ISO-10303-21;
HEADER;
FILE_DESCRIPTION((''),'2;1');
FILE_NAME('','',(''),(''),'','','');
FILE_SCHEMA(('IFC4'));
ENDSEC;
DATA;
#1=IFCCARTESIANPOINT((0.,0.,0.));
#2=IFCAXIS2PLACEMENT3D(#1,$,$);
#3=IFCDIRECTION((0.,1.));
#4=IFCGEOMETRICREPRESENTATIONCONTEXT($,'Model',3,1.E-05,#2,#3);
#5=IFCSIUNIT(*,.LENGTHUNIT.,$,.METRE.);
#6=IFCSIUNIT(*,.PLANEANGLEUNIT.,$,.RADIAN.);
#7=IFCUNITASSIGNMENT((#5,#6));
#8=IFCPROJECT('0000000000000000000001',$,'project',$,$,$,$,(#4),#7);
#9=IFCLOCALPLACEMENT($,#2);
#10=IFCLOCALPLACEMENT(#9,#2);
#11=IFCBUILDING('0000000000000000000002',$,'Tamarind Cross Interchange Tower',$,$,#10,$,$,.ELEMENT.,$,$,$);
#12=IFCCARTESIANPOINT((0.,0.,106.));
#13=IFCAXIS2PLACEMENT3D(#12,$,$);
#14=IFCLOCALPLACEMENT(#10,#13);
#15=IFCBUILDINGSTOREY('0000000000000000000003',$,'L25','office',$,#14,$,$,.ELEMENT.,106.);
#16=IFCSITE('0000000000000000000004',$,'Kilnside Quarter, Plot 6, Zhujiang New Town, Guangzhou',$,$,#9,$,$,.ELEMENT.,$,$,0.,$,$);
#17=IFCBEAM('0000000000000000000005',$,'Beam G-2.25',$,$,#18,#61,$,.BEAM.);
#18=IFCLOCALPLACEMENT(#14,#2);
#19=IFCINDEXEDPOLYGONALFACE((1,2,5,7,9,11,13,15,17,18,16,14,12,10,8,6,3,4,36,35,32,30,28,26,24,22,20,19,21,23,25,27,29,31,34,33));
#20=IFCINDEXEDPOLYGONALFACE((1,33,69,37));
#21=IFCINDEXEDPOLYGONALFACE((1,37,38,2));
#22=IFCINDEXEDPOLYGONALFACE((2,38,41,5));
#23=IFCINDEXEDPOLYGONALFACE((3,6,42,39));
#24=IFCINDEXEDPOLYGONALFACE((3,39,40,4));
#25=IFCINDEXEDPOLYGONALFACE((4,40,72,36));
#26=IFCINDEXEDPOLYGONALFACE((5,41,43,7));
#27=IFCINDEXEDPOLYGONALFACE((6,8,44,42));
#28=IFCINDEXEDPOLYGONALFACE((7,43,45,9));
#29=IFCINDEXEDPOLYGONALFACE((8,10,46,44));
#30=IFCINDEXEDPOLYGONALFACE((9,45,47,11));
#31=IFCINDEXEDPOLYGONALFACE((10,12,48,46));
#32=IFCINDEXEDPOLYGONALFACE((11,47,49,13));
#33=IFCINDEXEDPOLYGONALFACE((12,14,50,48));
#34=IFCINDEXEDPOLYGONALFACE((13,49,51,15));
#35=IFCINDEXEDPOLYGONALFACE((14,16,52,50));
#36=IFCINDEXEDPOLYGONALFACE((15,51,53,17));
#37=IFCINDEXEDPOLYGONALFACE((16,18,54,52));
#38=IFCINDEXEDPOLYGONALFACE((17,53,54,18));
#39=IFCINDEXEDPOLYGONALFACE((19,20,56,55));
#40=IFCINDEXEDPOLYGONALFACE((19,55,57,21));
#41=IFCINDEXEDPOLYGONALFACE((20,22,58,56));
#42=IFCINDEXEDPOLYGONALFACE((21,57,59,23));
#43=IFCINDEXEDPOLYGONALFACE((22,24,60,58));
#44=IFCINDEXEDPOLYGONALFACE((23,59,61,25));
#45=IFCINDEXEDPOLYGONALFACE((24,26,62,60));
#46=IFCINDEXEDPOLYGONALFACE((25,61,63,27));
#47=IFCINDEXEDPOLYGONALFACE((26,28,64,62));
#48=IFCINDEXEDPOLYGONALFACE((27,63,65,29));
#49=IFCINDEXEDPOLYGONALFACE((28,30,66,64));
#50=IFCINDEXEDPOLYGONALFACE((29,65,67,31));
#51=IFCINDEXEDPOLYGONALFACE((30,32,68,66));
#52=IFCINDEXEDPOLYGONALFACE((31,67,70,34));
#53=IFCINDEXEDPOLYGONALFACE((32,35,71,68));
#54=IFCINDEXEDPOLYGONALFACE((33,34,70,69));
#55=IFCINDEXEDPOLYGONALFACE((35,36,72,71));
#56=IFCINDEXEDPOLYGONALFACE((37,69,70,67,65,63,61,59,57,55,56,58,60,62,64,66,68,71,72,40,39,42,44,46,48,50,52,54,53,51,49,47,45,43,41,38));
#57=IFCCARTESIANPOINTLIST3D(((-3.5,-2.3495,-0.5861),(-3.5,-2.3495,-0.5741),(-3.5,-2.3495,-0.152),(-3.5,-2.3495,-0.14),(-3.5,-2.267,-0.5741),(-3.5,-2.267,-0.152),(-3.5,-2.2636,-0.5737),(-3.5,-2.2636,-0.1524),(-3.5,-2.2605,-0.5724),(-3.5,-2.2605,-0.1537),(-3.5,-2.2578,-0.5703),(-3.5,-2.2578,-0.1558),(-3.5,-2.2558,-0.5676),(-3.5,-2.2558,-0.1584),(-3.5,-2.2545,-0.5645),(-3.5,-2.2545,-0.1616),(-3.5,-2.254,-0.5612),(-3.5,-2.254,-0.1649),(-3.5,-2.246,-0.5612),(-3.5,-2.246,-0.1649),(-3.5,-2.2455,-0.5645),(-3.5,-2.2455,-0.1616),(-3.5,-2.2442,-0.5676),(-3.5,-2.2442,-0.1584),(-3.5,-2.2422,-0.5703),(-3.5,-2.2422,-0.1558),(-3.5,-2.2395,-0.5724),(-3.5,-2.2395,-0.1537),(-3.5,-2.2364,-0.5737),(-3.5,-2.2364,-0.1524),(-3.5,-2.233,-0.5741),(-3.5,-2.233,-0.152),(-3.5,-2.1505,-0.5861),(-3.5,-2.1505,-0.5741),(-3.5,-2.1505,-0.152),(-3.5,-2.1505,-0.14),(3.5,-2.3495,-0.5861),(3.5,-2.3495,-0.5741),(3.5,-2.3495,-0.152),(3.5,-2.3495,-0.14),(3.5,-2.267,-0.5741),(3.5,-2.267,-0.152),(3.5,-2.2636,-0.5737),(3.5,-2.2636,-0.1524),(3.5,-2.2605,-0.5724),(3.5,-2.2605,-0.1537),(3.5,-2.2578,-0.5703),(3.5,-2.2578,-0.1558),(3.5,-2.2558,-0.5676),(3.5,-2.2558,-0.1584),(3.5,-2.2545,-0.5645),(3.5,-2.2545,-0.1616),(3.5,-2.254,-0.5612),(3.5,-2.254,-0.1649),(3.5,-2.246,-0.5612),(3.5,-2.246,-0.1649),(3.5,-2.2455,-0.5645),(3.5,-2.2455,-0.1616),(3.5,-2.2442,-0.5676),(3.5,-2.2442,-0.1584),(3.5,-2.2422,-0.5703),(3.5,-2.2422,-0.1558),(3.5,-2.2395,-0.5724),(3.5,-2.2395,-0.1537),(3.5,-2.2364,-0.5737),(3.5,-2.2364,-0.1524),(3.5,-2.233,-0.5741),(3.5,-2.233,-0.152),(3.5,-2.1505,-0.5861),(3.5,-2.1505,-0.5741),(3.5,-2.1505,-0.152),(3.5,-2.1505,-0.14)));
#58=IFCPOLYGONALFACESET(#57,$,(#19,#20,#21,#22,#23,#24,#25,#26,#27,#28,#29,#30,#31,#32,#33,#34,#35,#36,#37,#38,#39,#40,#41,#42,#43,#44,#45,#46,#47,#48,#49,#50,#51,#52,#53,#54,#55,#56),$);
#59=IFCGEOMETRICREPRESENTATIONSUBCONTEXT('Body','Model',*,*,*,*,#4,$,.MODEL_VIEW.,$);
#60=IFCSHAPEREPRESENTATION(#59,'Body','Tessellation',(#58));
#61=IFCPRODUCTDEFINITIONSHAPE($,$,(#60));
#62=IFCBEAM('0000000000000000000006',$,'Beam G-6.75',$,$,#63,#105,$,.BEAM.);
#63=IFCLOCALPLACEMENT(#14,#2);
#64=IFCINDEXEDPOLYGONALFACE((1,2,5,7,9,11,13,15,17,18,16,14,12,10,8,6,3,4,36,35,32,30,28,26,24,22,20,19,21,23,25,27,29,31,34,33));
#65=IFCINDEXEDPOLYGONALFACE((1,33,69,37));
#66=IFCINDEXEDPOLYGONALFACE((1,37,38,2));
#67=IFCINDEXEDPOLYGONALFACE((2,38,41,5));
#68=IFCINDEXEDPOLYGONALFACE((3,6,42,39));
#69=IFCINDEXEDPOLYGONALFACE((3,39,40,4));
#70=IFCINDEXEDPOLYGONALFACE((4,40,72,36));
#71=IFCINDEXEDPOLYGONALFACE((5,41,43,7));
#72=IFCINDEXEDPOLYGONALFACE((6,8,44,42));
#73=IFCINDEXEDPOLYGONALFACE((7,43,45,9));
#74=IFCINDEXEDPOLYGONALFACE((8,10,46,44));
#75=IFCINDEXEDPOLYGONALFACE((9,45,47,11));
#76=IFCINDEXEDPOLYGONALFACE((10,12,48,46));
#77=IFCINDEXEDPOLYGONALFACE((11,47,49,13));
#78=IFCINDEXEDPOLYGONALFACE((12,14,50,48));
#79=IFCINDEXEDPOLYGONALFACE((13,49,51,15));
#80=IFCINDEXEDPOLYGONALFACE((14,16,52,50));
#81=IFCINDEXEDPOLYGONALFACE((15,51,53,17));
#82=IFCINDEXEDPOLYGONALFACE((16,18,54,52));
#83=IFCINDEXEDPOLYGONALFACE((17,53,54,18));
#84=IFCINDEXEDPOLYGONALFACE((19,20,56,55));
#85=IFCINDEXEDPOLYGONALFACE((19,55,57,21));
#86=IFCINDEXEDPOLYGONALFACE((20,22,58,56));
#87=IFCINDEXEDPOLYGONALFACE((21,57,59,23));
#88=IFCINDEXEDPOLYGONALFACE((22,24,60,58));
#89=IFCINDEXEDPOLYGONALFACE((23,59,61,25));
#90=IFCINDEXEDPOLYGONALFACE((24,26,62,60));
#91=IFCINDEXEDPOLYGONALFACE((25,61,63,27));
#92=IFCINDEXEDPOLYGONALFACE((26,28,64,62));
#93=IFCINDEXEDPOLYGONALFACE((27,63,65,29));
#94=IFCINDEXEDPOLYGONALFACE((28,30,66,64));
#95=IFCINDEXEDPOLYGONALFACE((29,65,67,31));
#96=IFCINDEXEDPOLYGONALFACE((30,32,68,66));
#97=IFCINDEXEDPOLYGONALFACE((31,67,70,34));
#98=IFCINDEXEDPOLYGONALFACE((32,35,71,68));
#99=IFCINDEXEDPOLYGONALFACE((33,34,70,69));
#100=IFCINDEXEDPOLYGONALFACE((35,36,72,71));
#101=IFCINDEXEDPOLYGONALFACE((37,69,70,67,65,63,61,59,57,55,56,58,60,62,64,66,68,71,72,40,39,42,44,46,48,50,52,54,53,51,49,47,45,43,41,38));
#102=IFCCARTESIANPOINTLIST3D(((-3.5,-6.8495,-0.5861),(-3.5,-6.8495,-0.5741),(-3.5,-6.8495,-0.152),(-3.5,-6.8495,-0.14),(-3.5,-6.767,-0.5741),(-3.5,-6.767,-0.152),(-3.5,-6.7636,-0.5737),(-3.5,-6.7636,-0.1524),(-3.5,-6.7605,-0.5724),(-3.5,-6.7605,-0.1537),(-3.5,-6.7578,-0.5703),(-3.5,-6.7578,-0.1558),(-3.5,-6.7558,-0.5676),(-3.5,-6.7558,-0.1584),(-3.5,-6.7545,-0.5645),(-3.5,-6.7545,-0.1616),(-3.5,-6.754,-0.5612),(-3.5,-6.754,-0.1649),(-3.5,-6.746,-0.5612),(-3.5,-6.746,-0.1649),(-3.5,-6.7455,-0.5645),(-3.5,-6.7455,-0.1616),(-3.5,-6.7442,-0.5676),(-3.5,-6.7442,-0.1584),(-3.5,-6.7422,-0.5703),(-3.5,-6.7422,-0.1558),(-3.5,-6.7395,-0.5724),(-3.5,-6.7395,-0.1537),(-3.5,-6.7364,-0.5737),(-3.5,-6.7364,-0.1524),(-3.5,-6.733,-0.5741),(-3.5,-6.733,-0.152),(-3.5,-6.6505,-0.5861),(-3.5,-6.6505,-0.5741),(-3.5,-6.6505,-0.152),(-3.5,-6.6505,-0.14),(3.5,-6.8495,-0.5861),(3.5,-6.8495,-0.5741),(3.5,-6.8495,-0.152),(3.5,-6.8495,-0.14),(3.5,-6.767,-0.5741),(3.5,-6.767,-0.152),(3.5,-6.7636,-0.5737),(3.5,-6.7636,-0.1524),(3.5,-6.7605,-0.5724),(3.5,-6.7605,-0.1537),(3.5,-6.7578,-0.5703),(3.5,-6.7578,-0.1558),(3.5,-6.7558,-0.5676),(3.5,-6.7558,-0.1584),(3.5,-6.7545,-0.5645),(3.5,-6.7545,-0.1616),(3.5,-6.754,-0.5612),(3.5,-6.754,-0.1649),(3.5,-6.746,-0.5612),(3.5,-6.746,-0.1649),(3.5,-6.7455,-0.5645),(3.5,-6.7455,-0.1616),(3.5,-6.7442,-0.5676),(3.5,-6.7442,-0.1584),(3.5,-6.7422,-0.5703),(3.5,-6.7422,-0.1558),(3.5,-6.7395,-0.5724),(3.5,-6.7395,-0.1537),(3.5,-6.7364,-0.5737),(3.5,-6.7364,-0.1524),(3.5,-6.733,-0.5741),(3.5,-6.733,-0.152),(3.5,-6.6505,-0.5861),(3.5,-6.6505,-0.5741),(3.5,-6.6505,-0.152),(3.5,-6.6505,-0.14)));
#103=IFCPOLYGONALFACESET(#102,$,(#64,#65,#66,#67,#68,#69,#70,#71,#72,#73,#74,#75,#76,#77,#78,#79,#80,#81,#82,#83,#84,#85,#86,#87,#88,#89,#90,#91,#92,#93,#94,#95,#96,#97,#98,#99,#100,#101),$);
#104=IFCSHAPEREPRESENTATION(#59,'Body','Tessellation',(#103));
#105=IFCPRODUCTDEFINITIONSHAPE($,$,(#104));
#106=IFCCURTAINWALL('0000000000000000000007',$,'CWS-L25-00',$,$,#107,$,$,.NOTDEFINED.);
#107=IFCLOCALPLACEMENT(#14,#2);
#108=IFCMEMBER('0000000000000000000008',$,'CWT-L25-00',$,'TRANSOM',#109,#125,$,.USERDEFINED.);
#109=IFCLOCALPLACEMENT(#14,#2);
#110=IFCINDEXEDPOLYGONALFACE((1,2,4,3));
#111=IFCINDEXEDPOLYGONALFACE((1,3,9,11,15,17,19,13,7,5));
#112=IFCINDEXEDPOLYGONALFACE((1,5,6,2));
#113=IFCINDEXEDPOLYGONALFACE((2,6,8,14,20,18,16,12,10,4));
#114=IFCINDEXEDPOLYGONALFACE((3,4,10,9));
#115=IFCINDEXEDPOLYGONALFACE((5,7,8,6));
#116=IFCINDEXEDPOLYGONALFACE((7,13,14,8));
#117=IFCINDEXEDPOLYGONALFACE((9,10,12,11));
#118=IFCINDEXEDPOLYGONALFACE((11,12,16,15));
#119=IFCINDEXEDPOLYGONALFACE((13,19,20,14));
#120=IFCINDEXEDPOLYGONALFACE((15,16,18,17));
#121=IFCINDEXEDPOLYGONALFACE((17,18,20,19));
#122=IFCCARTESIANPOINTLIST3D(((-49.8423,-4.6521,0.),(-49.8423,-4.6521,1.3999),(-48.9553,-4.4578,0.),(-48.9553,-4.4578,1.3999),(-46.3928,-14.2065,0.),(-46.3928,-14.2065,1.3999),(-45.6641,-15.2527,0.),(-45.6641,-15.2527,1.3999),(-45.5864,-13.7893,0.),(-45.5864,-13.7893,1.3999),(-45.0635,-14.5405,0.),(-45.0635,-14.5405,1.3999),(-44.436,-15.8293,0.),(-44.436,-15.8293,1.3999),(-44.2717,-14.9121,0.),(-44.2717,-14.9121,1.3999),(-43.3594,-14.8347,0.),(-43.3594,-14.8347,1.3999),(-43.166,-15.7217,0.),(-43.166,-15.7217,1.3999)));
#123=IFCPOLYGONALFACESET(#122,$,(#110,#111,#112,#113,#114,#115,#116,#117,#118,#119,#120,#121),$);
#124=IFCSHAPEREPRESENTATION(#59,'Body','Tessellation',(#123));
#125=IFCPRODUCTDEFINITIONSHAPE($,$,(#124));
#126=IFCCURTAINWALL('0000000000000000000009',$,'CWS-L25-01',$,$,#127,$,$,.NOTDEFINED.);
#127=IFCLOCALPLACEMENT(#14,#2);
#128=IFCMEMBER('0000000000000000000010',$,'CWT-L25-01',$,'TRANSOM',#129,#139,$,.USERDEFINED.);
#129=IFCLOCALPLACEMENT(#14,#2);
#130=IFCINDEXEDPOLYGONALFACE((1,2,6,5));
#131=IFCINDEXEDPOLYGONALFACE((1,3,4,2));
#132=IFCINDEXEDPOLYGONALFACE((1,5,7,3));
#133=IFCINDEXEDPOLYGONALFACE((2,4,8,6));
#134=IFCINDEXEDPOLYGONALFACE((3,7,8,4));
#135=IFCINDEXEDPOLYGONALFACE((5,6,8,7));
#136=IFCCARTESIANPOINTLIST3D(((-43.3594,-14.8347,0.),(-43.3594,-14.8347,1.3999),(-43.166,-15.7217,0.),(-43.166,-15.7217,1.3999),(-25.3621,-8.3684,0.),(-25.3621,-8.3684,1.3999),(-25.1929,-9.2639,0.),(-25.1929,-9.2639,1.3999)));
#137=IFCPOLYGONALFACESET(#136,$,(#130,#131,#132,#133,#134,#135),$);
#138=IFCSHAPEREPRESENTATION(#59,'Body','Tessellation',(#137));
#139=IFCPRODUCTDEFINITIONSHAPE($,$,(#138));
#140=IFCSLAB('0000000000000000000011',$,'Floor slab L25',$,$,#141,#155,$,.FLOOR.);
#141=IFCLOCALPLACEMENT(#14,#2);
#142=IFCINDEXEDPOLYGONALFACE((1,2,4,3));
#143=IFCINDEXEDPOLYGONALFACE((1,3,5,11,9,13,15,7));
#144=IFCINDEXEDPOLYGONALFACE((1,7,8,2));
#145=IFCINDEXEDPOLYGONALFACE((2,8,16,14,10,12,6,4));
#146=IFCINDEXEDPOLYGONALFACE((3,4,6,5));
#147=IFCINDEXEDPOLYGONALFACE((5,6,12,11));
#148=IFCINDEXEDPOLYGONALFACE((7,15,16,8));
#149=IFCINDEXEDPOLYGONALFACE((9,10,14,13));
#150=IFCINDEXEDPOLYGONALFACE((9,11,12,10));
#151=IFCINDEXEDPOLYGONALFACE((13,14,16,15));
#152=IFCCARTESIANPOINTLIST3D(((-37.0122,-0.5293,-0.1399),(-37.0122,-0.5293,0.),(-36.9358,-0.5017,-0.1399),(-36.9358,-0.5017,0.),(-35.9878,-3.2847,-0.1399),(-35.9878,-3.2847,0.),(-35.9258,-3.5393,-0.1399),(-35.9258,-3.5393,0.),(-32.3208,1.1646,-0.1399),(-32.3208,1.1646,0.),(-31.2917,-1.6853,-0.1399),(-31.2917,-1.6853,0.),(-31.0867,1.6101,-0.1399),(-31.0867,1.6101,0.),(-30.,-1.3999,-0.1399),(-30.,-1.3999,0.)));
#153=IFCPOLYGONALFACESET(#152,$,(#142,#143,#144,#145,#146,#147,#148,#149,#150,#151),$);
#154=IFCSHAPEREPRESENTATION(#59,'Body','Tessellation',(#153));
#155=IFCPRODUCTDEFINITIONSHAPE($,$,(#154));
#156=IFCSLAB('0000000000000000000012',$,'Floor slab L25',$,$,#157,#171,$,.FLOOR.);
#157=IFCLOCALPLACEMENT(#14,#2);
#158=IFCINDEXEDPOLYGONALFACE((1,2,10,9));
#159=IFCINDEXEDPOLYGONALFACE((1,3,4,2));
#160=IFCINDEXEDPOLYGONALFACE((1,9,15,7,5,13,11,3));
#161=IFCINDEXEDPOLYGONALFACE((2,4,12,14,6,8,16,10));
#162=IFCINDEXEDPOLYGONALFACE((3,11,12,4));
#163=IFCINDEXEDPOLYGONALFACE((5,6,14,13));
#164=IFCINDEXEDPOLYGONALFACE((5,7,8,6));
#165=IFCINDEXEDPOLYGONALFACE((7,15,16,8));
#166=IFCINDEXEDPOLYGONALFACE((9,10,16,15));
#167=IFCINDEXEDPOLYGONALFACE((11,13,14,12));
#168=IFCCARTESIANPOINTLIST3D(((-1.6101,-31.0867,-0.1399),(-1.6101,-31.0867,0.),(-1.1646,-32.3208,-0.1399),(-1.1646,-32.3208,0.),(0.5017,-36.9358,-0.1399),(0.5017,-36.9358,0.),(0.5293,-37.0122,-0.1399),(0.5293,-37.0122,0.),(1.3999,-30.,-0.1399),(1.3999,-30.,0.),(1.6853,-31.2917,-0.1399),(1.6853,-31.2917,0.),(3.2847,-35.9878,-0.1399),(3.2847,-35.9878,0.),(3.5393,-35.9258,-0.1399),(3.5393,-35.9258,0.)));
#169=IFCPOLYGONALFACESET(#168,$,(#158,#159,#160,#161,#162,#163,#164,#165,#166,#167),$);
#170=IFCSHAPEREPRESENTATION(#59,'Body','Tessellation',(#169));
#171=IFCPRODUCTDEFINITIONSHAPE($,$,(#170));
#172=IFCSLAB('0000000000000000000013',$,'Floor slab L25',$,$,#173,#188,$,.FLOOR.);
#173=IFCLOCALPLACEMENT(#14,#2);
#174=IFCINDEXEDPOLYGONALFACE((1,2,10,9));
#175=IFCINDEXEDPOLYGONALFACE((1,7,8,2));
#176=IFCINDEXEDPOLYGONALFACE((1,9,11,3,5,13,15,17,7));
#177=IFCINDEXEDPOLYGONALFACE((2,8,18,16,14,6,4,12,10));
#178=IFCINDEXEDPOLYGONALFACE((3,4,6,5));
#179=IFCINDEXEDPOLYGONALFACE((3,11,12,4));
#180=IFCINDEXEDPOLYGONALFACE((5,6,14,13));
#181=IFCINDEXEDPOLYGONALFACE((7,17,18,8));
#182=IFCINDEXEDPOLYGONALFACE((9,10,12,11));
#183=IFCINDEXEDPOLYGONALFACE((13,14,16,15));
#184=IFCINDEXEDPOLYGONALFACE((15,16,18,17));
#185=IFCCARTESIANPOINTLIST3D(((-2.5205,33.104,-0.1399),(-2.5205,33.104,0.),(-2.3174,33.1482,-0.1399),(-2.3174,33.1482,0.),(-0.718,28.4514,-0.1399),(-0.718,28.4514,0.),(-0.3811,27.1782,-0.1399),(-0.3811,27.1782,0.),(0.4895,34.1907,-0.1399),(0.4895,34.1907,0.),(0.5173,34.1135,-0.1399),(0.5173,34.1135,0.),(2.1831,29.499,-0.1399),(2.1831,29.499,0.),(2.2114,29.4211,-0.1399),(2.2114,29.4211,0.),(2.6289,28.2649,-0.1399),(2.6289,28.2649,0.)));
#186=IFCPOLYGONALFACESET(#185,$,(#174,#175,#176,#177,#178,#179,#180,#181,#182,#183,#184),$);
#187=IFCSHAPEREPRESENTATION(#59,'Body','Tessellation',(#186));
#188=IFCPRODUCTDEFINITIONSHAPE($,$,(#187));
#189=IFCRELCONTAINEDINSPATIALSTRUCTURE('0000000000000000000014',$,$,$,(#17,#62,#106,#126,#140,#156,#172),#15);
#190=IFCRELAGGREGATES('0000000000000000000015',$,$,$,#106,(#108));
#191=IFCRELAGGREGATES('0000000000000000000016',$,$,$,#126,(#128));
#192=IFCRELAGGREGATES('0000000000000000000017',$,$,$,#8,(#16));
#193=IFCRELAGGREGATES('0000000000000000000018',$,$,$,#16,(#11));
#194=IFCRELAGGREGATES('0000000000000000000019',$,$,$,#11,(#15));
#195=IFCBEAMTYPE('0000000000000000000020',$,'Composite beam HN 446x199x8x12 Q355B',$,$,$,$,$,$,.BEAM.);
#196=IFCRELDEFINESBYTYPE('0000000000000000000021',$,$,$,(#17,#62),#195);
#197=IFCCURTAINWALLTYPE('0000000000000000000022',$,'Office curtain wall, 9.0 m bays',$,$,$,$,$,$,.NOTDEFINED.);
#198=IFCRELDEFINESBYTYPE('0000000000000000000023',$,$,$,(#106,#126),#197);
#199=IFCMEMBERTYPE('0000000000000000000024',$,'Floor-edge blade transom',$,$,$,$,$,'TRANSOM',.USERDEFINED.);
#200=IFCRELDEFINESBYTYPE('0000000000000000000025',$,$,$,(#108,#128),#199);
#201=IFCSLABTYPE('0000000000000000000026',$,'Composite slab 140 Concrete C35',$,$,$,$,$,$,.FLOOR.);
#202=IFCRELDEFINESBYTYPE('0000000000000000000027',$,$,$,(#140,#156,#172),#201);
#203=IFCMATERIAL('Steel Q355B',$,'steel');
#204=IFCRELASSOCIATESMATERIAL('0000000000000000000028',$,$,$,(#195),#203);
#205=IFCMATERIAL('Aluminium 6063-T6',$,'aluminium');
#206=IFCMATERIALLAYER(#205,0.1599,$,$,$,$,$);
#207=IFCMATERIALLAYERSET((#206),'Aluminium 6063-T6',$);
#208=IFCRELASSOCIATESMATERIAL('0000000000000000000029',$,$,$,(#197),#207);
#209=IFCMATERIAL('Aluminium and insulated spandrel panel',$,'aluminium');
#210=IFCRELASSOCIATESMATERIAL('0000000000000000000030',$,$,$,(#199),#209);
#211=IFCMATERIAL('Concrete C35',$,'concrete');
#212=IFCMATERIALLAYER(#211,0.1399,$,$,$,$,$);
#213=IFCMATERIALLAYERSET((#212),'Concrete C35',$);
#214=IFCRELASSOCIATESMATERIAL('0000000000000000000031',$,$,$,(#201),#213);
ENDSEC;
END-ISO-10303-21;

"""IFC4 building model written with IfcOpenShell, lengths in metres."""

from ifc_helpers import new_model, si_unit, direction, frame, origin, origin_2d, place, context, subcontext, project, spatial, polyline, i_section, outline, extrude, material, layer, layer_set, material_profile, profile_set, type_object, element, aggregate, save


model = new_model("IFC4")

# Units and contexts
model_context = context("Model", 3, precision=1e-05, world=origin(), true_north=direction((0.0, 1.0)))
body_context = subcontext(model_context, "Body", "Model", "MODEL_VIEW")
ifc_project = project(units=[si_unit("LENGTHUNIT", "METRE"), si_unit("PLANEANGLEUNIT", "RADIAN")], contexts=[model_context])

# Site, building, storey
site_placement = place(None, origin())
site = spatial("IfcSite", under=ifc_project, at=site_placement, Name="Kilnside Quarter, Plot 6, Zhujiang New Town, Guangzhou", CompositionType="ELEMENT", RefElevation=0.0)
building_placement = place(site_placement, origin())
building = spatial("IfcBuilding", under=site, at=building_placement, Name="Tamarind Cross Interchange Tower", CompositionType="ELEMENT")
storey_placement = place(building_placement, frame((0.0, 0.0, 106.0)))
storey = spatial("IfcBuildingStorey", under=building, at=storey_placement, Name="L25", Description="office", CompositionType="ELEMENT", Elevation=106.0)

# Beams
ifc_material_1 = material(Name="Steel Q355B", Category="steel")
ifc_material_profile = material_profile(ifc_material_1, i_section(OverallWidth=0.199, OverallDepth=0.446, WebThickness=0.0081, FlangeThickness=0.012, FilletRadius=0.0129, at=origin_2d()), Name="HN 446x199x8x12")
ifc_profile_set = profile_set([ifc_material_profile], Name="Steel Q355B")
beam_type = type_object("IfcBeamType", Name="Composite beam HN 446x199x8x12 Q355B", PredefinedType="BEAM", material=ifc_profile_set)
for number, where, z_axis, x_axis, name in (
    (1, (-3.5, -2.25, -0.363), (1.0, 0.0, 0.0), (0.0, 1.0, 0.0), "Beam G-2.25"),
    (2, (-3.5, -6.75, -0.363), (1.0, 0.0, 0.0), (0.0, 1.0, 0.0), "Beam G-6.75"),
):
    element("IfcBeam", number, at=place(storey_placement, frame(where, z_axis=z_axis, x_axis=x_axis)), inside=storey, type_object=beam_type, Name=name, PredefinedType="BEAM", context=body_context, shape_type="SweptSolid", body=[
        extrude(i_section(OverallWidth=0.199, OverallDepth=0.446, WebThickness=0.0081, FlangeThickness=0.012, FilletRadius=0.0129, at=origin_2d()), origin(), (0.0, 0.0, 1.0), 7.0),
    ])

# Curtain walls, members
ifc_material_2 = material(Name="Aluminium 6063-T6", Category="aluminium")
ifc_layer_1 = layer(ifc_material_2, 0.1599)
ifc_layer_set_1 = layer_set([ifc_layer_1], Name="Aluminium 6063-T6")
curtain_wall_type = type_object("IfcCurtainWallType", Name="Office curtain wall, 9.0 m bays", PredefinedType="NOTDEFINED", material=ifc_layer_set_1)
curtain_wall_1_placement = place(storey_placement, origin())
curtain_wall_1 = element("IfcCurtainWall", 3, at=curtain_wall_1_placement, inside=storey, type_object=curtain_wall_type, Name="CWS-L25-00", PredefinedType="NOTDEFINED")
ifc_material_3 = material(Name="Aluminium and insulated spandrel panel", Category="aluminium")
member_type = type_object("IfcMemberType", Name="Floor-edge blade transom", ElementType="TRANSOM", PredefinedType="USERDEFINED", material=ifc_material_3)
member_1_placement = place(storey_placement, origin())
member_1 = element("IfcMember", 4, at=member_1_placement, type_object=member_type, Name="CWT-L25-00", ObjectType="TRANSOM", PredefinedType="USERDEFINED", context=body_context, shape_type="SweptSolid", body=[
    extrude(outline(polyline([(-48.9553, -4.4578), (-45.5864, -13.7893), (-45.0635, -14.5405), (-44.2717, -14.9121), (-43.3594, -14.8347), (-43.166, -15.7217), (-44.436, -15.8293), (-45.6641, -15.2527), (-46.3928, -14.2065), (-49.8423, -4.6521), (-48.9553, -4.4578)])), origin(), (0.0, 0.0, 1.0), 1.3999),
])
curtain_wall_2_placement = place(storey_placement, origin())
curtain_wall_2 = element("IfcCurtainWall", 5, at=curtain_wall_2_placement, inside=storey, type_object=curtain_wall_type, Name="CWS-L25-01", PredefinedType="NOTDEFINED")
member_2_placement = place(storey_placement, origin())
member_2 = element("IfcMember", 6, at=member_2_placement, type_object=member_type, Name="CWT-L25-01", ObjectType="TRANSOM", PredefinedType="USERDEFINED", context=body_context, shape_type="SweptSolid", body=[
    extrude(outline(polyline([(-43.3594, -14.8347), (-25.3621, -8.3684), (-25.1929, -9.2639), (-43.166, -15.7217), (-43.3594, -14.8347)])), origin(), (0.0, 0.0, 1.0), 1.3999),
])

# Slabs
ifc_material_4 = material(Name="Concrete C35", Category="concrete")
ifc_layer_2 = layer(ifc_material_4, 0.1399)
ifc_layer_set_2 = layer_set([ifc_layer_2], Name="Concrete C35")
slab_type = type_object("IfcSlabType", Name="Composite slab 140 Concrete C35", PredefinedType="FLOOR", material=ifc_layer_set_2)
slab_1_placement = place(storey_placement, frame((0.0, 0.0, -0.1399)))
element("IfcSlab", 7, at=slab_1_placement, inside=storey, type_object=slab_type, Name="Floor slab L25", PredefinedType="FLOOR", context=body_context, shape_type="SweptSolid", body=[
    extrude(outline(polyline([(-30.0, -1.3999), (-31.0867, 1.6101), (-32.3208, 1.1646), (-31.2917, -1.6853), (-35.9878, -3.2847), (-36.9358, -0.5017), (-37.0122, -0.5293), (-35.9258, -3.5393), (-30.0, -1.3999)])), origin(), (0.0, 0.0, 1.0), 0.1399),
])
slab_2_placement = place(storey_placement, frame((0.0, 0.0, -0.1399)))
element("IfcSlab", 8, at=slab_2_placement, inside=storey, type_object=slab_type, Name="Floor slab L25", PredefinedType="FLOOR", context=body_context, shape_type="SweptSolid", body=[
    extrude(outline(polyline([(1.3999, -30.0), (-1.6101, -31.0867), (-1.1646, -32.3208), (1.6853, -31.2917), (3.2847, -35.9878), (0.5017, -36.9358), (0.5293, -37.0122), (3.5393, -35.9258), (1.3999, -30.0)])), origin(), (0.0, 0.0, 1.0), 0.1399),
])
slab_3_placement = place(storey_placement, frame((0.0, 0.0, -0.1399)))
element("IfcSlab", 9, at=slab_3_placement, inside=storey, type_object=slab_type, Name="Floor slab L25", PredefinedType="FLOOR", context=body_context, shape_type="SweptSolid", body=[
    extrude(outline(polyline([(-0.3811, 27.1782), (2.6289, 28.2649), (2.2114, 29.4211), (2.1831, 29.499), (-0.718, 28.4514), (-2.3174, 33.1482), (0.5173, 34.1135), (0.4895, 34.1907), (-2.5205, 33.104), (-0.3811, 27.1782)])), origin(), (0.0, 0.0, 1.0), 0.1399),
])

aggregate(curtain_wall_1, [member_1])
aggregate(curtain_wall_2, [member_2])

save(model, "model.ifc")
